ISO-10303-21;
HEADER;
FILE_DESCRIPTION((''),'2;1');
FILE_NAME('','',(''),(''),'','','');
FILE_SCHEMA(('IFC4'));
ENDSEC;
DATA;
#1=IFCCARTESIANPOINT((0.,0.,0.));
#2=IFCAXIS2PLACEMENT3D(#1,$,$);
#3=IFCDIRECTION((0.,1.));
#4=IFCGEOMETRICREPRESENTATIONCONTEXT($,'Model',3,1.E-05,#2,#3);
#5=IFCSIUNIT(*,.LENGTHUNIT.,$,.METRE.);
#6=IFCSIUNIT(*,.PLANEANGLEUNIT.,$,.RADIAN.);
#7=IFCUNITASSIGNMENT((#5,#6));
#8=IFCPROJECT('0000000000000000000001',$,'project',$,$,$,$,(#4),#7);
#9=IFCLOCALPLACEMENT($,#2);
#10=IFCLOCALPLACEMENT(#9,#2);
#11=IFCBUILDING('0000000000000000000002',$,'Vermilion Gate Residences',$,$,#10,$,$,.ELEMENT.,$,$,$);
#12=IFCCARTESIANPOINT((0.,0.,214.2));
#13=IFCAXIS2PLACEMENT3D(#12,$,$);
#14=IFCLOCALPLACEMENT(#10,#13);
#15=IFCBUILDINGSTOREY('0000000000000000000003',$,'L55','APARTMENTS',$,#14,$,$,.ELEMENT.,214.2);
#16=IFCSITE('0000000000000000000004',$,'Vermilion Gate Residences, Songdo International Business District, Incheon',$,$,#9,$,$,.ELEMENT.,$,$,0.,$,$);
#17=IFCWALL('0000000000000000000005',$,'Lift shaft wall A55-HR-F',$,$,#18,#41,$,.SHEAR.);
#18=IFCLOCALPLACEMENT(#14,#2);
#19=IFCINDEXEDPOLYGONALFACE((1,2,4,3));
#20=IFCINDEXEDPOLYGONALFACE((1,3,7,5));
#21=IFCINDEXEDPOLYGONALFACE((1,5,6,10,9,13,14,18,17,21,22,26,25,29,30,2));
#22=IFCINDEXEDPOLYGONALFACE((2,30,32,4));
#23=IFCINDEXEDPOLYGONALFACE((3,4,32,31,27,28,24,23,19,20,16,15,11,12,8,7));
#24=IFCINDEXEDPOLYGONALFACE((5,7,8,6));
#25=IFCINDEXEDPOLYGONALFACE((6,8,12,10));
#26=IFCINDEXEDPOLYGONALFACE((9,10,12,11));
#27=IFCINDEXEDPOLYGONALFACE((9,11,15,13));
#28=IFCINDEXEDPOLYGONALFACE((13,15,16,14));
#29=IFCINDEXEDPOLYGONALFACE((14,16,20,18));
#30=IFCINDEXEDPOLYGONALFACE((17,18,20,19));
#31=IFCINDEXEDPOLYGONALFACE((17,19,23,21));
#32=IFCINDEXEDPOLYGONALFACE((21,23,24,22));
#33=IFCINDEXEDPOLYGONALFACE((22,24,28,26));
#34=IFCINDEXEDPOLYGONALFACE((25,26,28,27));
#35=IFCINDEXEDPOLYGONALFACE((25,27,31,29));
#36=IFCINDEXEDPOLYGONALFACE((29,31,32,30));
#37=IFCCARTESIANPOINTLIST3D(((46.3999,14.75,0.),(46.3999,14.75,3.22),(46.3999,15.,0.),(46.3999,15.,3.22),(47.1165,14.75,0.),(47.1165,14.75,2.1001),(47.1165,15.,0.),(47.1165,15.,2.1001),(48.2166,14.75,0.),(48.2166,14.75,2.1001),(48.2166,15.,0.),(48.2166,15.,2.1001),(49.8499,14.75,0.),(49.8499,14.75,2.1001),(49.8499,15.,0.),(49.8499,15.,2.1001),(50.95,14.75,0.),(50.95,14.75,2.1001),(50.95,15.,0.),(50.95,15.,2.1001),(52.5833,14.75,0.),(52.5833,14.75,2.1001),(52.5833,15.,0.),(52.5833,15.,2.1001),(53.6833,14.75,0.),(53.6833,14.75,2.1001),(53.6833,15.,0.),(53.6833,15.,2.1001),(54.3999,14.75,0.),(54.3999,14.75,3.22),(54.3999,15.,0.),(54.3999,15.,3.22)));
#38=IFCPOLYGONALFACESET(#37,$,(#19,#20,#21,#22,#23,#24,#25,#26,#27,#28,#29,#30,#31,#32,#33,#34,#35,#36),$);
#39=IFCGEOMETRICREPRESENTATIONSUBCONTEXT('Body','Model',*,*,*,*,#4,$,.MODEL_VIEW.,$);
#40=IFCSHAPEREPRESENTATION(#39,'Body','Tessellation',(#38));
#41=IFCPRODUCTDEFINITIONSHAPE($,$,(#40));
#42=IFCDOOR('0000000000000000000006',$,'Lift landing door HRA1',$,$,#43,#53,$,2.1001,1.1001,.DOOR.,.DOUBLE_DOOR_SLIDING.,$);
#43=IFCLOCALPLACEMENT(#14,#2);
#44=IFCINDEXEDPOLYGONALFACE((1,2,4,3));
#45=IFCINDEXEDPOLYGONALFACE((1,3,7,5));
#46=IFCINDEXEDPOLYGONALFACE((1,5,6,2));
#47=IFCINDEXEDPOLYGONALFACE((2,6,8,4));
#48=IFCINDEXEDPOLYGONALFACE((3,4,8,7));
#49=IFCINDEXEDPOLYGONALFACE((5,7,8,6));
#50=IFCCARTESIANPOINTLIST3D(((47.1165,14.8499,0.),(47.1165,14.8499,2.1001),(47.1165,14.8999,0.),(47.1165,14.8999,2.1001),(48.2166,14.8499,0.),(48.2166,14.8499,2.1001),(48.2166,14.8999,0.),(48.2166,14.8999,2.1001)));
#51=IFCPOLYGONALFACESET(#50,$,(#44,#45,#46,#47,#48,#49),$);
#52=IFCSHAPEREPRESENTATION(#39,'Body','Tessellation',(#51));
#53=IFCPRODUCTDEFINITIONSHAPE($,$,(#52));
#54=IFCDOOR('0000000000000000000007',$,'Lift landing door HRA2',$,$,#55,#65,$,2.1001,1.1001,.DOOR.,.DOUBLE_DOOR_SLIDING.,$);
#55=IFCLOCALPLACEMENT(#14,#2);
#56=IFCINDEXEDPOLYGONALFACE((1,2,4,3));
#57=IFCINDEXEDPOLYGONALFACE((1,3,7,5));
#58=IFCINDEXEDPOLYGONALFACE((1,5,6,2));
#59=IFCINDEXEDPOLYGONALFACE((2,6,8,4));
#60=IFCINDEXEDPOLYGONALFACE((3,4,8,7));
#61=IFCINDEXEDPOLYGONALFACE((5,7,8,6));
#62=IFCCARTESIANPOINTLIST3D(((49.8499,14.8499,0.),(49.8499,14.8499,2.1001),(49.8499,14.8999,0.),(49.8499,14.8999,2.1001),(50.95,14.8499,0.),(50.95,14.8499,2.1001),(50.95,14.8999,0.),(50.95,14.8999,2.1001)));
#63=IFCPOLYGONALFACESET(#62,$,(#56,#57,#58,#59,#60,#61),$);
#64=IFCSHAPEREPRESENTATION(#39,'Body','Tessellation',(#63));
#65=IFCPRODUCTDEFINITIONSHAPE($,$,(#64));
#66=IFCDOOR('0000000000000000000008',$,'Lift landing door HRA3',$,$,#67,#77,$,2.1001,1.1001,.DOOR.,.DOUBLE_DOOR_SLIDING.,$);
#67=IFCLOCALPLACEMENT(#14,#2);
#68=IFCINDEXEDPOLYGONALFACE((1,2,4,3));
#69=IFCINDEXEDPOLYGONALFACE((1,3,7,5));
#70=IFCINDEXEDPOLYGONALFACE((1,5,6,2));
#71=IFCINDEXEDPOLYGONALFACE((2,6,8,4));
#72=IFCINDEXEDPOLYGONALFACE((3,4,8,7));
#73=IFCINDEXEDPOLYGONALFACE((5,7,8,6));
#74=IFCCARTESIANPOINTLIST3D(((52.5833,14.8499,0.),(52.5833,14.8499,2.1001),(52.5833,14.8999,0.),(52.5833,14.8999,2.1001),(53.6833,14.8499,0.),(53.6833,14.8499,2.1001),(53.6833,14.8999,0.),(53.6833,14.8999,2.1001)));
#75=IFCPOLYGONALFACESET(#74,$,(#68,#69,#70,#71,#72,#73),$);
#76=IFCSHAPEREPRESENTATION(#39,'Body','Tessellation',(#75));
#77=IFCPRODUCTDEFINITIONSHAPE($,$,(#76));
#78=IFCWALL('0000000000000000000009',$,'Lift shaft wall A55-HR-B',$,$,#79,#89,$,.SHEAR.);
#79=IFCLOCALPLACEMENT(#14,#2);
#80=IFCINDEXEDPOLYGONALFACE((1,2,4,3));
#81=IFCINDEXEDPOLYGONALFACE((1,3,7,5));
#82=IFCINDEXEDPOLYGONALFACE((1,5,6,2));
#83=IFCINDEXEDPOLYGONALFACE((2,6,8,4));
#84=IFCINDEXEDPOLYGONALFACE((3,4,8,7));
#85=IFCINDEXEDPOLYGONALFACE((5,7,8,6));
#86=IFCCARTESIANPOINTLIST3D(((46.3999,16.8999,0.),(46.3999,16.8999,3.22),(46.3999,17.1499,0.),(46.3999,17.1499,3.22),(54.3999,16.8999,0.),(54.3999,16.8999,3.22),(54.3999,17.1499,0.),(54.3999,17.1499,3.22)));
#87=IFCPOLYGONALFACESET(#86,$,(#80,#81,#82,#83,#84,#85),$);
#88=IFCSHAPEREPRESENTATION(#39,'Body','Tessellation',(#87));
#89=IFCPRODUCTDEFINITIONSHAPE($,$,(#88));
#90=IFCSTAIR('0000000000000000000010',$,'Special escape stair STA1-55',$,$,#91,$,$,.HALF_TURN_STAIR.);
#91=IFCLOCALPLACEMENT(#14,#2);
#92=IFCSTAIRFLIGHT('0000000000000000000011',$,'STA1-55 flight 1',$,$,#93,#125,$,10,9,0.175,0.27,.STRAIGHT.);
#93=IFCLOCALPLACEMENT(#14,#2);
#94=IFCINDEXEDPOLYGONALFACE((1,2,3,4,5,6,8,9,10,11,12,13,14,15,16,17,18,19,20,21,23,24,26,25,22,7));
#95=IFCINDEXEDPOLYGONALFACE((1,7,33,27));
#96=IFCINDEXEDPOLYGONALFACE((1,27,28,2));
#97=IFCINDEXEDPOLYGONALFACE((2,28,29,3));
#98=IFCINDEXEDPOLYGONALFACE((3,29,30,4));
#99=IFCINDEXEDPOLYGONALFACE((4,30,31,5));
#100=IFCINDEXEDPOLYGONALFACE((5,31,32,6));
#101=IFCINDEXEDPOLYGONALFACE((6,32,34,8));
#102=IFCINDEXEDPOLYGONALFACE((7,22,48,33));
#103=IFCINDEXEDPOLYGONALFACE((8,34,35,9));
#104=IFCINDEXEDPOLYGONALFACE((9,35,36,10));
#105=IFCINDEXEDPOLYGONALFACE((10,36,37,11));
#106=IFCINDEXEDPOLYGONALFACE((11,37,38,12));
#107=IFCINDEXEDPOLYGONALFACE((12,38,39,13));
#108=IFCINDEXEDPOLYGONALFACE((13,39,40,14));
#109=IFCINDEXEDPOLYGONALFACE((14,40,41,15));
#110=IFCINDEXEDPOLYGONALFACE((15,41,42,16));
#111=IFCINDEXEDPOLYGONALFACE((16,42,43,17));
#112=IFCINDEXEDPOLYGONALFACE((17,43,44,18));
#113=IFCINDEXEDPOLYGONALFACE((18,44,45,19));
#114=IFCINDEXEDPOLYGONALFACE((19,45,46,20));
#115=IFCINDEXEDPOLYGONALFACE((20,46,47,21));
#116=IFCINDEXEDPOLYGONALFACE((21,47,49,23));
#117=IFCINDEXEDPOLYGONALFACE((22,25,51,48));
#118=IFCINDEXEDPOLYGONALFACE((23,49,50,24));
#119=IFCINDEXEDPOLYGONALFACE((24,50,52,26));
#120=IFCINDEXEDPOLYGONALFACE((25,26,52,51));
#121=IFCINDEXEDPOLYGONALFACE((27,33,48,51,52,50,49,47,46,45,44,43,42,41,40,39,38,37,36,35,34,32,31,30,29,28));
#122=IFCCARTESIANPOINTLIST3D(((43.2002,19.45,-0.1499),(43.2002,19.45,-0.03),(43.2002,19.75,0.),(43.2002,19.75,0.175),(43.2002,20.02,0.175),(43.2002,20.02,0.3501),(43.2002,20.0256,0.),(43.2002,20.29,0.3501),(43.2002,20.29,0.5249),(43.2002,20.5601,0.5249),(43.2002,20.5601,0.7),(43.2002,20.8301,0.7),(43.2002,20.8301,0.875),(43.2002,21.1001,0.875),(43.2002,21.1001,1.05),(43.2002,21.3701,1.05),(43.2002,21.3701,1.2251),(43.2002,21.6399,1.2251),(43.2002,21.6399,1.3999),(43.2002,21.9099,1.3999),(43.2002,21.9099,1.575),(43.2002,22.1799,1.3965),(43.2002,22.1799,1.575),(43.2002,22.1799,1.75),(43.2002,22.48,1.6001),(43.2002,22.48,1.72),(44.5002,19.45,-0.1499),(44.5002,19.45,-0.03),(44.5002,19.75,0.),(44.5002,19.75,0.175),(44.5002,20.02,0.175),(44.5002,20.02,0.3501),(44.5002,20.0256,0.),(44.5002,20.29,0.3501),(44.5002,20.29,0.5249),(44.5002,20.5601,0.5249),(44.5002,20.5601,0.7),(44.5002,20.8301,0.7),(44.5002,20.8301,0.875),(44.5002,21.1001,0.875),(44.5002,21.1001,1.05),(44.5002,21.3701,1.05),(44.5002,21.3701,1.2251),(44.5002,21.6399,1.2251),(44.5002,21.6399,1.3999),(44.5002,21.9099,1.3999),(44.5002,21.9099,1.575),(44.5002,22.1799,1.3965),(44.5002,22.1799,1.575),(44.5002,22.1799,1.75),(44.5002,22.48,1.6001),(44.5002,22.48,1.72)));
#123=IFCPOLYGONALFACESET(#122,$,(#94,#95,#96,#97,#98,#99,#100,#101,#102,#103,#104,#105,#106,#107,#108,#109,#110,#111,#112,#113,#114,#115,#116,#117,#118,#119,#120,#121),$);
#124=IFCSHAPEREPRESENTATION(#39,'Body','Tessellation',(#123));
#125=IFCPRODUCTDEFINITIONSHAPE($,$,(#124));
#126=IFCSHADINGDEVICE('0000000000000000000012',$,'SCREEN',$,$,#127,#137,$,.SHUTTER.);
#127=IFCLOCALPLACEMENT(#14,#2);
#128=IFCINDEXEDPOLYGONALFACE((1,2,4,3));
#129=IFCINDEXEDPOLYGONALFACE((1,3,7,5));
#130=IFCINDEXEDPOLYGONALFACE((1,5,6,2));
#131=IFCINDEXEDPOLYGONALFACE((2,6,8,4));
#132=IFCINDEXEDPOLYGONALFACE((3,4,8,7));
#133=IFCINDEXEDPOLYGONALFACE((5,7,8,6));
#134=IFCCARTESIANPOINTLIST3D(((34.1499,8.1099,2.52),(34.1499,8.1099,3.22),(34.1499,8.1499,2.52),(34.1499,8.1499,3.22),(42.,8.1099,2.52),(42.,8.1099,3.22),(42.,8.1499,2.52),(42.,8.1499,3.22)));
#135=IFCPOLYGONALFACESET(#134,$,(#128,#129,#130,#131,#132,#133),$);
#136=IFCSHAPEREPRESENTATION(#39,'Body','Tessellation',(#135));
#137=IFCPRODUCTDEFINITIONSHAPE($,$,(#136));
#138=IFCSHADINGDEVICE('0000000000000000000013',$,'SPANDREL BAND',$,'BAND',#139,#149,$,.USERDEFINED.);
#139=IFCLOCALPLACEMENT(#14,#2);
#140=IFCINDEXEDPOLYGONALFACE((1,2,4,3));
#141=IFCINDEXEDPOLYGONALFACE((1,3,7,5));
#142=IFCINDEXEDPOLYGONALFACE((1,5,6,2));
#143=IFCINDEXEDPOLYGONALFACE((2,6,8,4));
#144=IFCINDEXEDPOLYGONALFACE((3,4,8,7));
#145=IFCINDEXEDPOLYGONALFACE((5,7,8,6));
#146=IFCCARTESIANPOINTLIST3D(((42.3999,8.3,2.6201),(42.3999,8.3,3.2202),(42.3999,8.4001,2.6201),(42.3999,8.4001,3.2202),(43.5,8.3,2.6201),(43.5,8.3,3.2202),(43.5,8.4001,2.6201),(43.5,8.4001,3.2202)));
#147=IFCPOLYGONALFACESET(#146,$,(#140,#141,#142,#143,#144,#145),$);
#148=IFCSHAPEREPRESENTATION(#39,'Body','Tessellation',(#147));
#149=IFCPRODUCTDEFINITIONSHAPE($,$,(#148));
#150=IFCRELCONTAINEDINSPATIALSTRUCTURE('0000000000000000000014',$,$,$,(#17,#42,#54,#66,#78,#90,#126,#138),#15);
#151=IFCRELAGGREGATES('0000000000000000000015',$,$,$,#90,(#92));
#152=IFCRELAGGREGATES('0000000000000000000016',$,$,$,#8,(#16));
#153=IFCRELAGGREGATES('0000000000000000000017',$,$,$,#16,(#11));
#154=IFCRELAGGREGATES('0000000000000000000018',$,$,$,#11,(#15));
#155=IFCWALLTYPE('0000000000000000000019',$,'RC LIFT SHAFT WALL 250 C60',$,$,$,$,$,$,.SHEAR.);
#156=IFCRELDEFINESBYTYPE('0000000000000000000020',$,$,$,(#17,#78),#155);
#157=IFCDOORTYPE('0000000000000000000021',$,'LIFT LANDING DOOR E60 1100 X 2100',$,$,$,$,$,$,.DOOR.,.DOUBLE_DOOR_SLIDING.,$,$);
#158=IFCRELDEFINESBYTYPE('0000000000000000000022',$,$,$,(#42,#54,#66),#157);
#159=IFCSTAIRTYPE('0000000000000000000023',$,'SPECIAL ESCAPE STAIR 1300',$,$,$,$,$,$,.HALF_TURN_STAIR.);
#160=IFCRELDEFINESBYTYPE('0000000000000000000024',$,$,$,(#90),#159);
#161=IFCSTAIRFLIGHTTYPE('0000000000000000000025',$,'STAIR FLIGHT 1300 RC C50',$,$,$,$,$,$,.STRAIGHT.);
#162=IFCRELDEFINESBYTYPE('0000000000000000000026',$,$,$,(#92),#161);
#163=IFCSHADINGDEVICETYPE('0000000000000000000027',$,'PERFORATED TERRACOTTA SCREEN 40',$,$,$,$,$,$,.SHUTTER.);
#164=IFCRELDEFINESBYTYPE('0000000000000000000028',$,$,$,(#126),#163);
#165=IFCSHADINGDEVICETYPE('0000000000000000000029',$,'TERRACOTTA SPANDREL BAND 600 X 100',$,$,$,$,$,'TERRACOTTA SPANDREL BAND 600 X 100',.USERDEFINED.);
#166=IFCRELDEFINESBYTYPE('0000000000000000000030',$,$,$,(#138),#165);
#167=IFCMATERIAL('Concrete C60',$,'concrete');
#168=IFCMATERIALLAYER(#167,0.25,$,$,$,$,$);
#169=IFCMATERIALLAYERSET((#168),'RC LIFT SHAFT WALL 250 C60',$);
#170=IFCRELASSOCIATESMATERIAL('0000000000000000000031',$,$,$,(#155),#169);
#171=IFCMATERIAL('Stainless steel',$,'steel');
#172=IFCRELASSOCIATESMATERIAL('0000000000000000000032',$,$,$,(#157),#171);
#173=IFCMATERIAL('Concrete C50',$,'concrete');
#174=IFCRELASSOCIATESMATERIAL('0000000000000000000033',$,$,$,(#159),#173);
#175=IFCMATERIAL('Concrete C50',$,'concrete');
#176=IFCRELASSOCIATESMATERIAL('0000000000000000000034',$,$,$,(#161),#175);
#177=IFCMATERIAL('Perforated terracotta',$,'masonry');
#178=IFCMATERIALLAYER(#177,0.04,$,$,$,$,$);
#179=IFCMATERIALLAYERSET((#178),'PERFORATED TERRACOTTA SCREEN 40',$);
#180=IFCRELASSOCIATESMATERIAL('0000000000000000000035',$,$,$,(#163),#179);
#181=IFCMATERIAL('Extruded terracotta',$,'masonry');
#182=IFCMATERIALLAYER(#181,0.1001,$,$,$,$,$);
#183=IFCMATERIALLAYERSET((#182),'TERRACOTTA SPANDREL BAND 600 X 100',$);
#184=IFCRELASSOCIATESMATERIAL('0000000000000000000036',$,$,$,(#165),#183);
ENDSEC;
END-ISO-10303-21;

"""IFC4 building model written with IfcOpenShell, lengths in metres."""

from ifc_helpers import new_model, si_unit, direction, frame, frame_2d, origin, origin_2d, place, context, subcontext, project, spatial, polyline, rectangle, outline, extrude, material, layer, layer_set, type_object, element, fill, aggregate, save


model = new_model("IFC4")

# Units and contexts
model_context = context("Model", 3, precision=1e-05, world=origin(), true_north=direction((0.0, 1.0)))
body_context = subcontext(model_context, "Body", "Model", "MODEL_VIEW")
ifc_project = project(units=[si_unit("LENGTHUNIT", "METRE"), si_unit("PLANEANGLEUNIT", "RADIAN")], contexts=[model_context])

# Site, building, storey
site_placement = place(None, origin())
site = spatial("IfcSite", under=ifc_project, at=site_placement, Name="Vermilion Gate Residences, Songdo International Business District, Incheon", CompositionType="ELEMENT", RefElevation=0.0)
building_placement = place(site_placement, origin())
building = spatial("IfcBuilding", under=site, at=building_placement, Name="Vermilion Gate Residences", CompositionType="ELEMENT")
storey_placement = place(building_placement, frame((0.0, 0.0, 214.2)))
storey = spatial("IfcBuildingStorey", under=building, at=storey_placement, Name="L55", Description="APARTMENTS", CompositionType="ELEMENT", Elevation=214.2)

# Wall, openings, doors
ifc_material_1 = material(Name="Concrete C60", Category="concrete")
ifc_layer_1 = layer(ifc_material_1, 0.25)
ifc_layer_set_1 = layer_set([ifc_layer_1], Name="RC LIFT SHAFT WALL 250 C60")
wall_type_1 = type_object("IfcWallType", Name="RC LIFT SHAFT WALL 250 C60", PredefinedType="SHEAR", material=ifc_layer_set_1)
wall_1_placement = place(storey_placement, frame((46.3999, 14.875, 0.0), z_axis=(0.0, 0.0, 1.0), x_axis=(1.0, 0.0, 0.0)))
wall_1 = element("IfcWall", 1, at=wall_1_placement, inside=storey, type_object=wall_type_1, Name="Lift shaft wall A55-HR-F", PredefinedType="SHEAR", context=body_context, shape_type="SweptSolid", body=[
    extrude(rectangle(XDim=8.0, YDim=0.25, at=frame_2d((4.0, 0.0))), origin(), (0.0, 0.0, 1.0), 3.22),
])
opening_1_placement = place(wall_1_placement, frame((0.7166, 0.0, 0.0)))
opening_1 = element("IfcOpeningElement", 2, at=opening_1_placement, cuts=wall_1, PredefinedType="OPENING", context=body_context, shape_type="SweptSolid", body=[
    extrude(rectangle(XDim=1.1001, YDim=2.1001, at=frame_2d((0.55, 1.05))), frame((0.0, 0.135, 0.0), z_axis=(0.0, -1.0, 0.0), x_axis=(1.0, 0.0, 0.0)), (0.0, 0.0, 1.0), 0.27),
])
opening_2_placement = place(wall_1_placement, frame((3.45, 0.0, 0.0)))
opening_2 = element("IfcOpeningElement", 3, at=opening_2_placement, cuts=wall_1, PredefinedType="OPENING", context=body_context, shape_type="SweptSolid", body=[
    extrude(rectangle(XDim=1.1001, YDim=2.1001, at=frame_2d((0.55, 1.05))), frame((0.0, 0.135, 0.0), z_axis=(0.0, -1.0, 0.0), x_axis=(1.0, 0.0, 0.0)), (0.0, 0.0, 1.0), 0.27),
])
opening_3_placement = place(wall_1_placement, frame((6.1833, 0.0, 0.0)))
opening_3 = element("IfcOpeningElement", 4, at=opening_3_placement, cuts=wall_1, PredefinedType="OPENING", context=body_context, shape_type="SweptSolid", body=[
    extrude(rectangle(XDim=1.1001, YDim=2.1001, at=frame_2d((0.55, 1.05))), frame((0.0, 0.135, 0.0), z_axis=(0.0, -1.0, 0.0), x_axis=(1.0, 0.0, 0.0)), (0.0, 0.0, 1.0), 0.27),
])
ifc_material_2 = material(Name="Stainless steel", Category="steel")
door_type_1 = type_object("IfcDoorType", Name="LIFT LANDING DOOR E60 1100 X 2100", OperationType="DOUBLE_DOOR_SLIDING", PredefinedType="DOOR", material=ifc_material_2)
door_1_placement = place(opening_1_placement, origin())
door_1 = element("IfcDoor", 5, at=door_1_placement, inside=storey, type_object=door_type_1, Name="Lift landing door HRA1", OperationType="DOUBLE_DOOR_SLIDING", OverallHeight=2.1001, OverallWidth=1.1001, PredefinedType="DOOR", context=body_context, shape_type="SweptSolid", body=[
    extrude(rectangle(XDim=1.1001, YDim=2.1001, at=frame_2d((0.55, 1.05))), frame((0.0, 0.0249, 0.0), z_axis=(0.0, -1.0, 0.0), x_axis=(1.0, 0.0, 0.0)), (0.0, 0.0, 1.0), 0.05),
])
fill(opening_1, door_1)
door_2_placement = place(opening_2_placement, origin())
door_2 = element("IfcDoor", 6, at=door_2_placement, inside=storey, type_object=door_type_1, Name="Lift landing door HRA2", OperationType="DOUBLE_DOOR_SLIDING", OverallHeight=2.1001, OverallWidth=1.1001, PredefinedType="DOOR", context=body_context, shape_type="SweptSolid", body=[
    extrude(rectangle(XDim=1.1001, YDim=2.1001, at=frame_2d((0.55, 1.05))), frame((0.0, 0.0249, 0.0), z_axis=(0.0, -1.0, 0.0), x_axis=(1.0, 0.0, 0.0)), (0.0, 0.0, 1.0), 0.05),
])
fill(opening_2, door_2)
door_3_placement = place(opening_3_placement, origin())
door_3 = element("IfcDoor", 7, at=door_3_placement, inside=storey, type_object=door_type_1, Name="Lift landing door HRA3", OperationType="DOUBLE_DOOR_SLIDING", OverallHeight=2.1001, OverallWidth=1.1001, PredefinedType="DOOR", context=body_context, shape_type="SweptSolid", body=[
    extrude(rectangle(XDim=1.1001, YDim=2.1001, at=frame_2d((0.55, 1.05))), frame((0.0, 0.0249, 0.0), z_axis=(0.0, -1.0, 0.0), x_axis=(1.0, 0.0, 0.0)), (0.0, 0.0, 1.0), 0.05),
])
fill(opening_3, door_3)

# Wall
wall_2_placement = place(storey_placement, frame((46.3999, 17.0249, 0.0), z_axis=(0.0, 0.0, 1.0), x_axis=(1.0, 0.0, 0.0)))
element("IfcWall", 8, at=wall_2_placement, inside=storey, type_object=wall_type_1, Name="Lift shaft wall A55-HR-B", PredefinedType="SHEAR", context=body_context, shape_type="SweptSolid", body=[
    extrude(rectangle(XDim=8.0, YDim=0.25, at=frame_2d((4.0, 0.0))), origin(), (0.0, 0.0, 1.0), 3.22),
])

# Stair, stair flight
ifc_material_3 = material(Name="Concrete C50", Category="concrete")
stair_type = type_object("IfcStairType", Name="SPECIAL ESCAPE STAIR 1300", PredefinedType="HALF_TURN_STAIR", material=ifc_material_3)
stair_placement = place(storey_placement, origin())
stair = element("IfcStair", 9, at=stair_placement, inside=storey, type_object=stair_type, Name="Special escape stair STA1-55", PredefinedType="HALF_TURN_STAIR")
ifc_material_4 = material(Name="Concrete C50", Category="concrete")
stair_flight_type = type_object("IfcStairFlightType", Name="STAIR FLIGHT 1300 RC C50", PredefinedType="STRAIGHT", material=ifc_material_4)
stair_flight_placement = place(storey_placement, frame((43.8501, 19.75, 0.0), z_axis=(0.0, 0.0, 1.0), x_axis=(0.0, 1.0, 0.0)))
stair_flight = element("IfcStairFlight", 10, at=stair_flight_placement, type_object=stair_flight_type, Name="STA1-55 flight 1", NumberOfRisers=10, NumberOfTreads=9, PredefinedType="STRAIGHT", RiserHeight=0.175, TreadLength=0.27, context=body_context, shape_type="SweptSolid", body=[
    extrude(outline(polyline([(-0.3, -0.1499), (-0.3, -0.03), (0.0, 0.0), (0.0, 0.175), (0.27, 0.175), (0.27, 0.3501), (0.54, 0.3501), (0.54, 0.5249), (0.8101, 0.5249), (0.8101, 0.7), (1.0801, 0.7), (1.0801, 0.875), (1.3501, 0.875), (1.3501, 1.05), (1.6201, 1.05), (1.6201, 1.2251), (1.8899, 1.2251), (1.8899, 1.3999), (2.1599, 1.3999), (2.1599, 1.575), (2.4299, 1.575), (2.4299, 1.75), (2.73, 1.72), (2.73, 1.6001), (2.4299, 1.3965), (0.2756, 0.0), (-0.3, -0.1499)])), frame((0.0, 0.6499, 0.0), z_axis=(0.0, -1.0, 0.0), x_axis=(1.0, 0.0, 0.0)), (0.0, 0.0, 1.0), 1.3),
])
aggregate(stair, [stair_flight])

# Shading device
ifc_material_5 = material(Name="Perforated terracotta", Category="masonry")
ifc_layer_2 = layer(ifc_material_5, 0.04)
ifc_layer_set_2 = layer_set([ifc_layer_2], Name="PERFORATED TERRACOTTA SCREEN 40")
shading_device_type_1 = type_object("IfcShadingDeviceType", Name="PERFORATED TERRACOTTA SCREEN 40", PredefinedType="SHUTTER", material=ifc_layer_set_2)
shading_device_1_placement = place(storey_placement, frame((38.075, 8.1299, 2.52), z_axis=(0.0, 0.0, 1.0), x_axis=(1.0, 0.0, 0.0)))
element("IfcShadingDevice", 11, at=shading_device_1_placement, inside=storey, type_object=shading_device_type_1, Name="SCREEN", PredefinedType="SHUTTER", context=body_context, shape_type="SweptSolid", body=[
    extrude(rectangle(XDim=7.8501, YDim=0.04, at=origin_2d()), origin(), (0.0, 0.0, 1.0), 0.7),
])

# Shading device
ifc_material_6 = material(Name="Extruded terracotta", Category="masonry")
ifc_layer_3 = layer(ifc_material_6, 0.1001)
ifc_layer_set_3 = layer_set([ifc_layer_3], Name="TERRACOTTA SPANDREL BAND 600 X 100")
shading_device_type_2 = type_object("IfcShadingDeviceType", Name="TERRACOTTA SPANDREL BAND 600 X 100", ElementType="TERRACOTTA SPANDREL BAND 600 X 100", PredefinedType="USERDEFINED", material=ifc_layer_set_3)
shading_device_2_placement = place(storey_placement, frame((42.95, 8.3501, 2.6201), z_axis=(0.0, 0.0, 1.0), x_axis=(1.0, 0.0, 0.0)))
element("IfcShadingDevice", 12, at=shading_device_2_placement, inside=storey, type_object=shading_device_type_2, Name="SPANDREL BAND", ObjectType="BAND", PredefinedType="USERDEFINED", context=body_context, shape_type="SweptSolid", body=[
    extrude(rectangle(XDim=1.1001, YDim=0.1001, at=origin_2d()), origin(), (0.0, 0.0, 1.0), 0.6001),
])

save(model, "model.ifc")
